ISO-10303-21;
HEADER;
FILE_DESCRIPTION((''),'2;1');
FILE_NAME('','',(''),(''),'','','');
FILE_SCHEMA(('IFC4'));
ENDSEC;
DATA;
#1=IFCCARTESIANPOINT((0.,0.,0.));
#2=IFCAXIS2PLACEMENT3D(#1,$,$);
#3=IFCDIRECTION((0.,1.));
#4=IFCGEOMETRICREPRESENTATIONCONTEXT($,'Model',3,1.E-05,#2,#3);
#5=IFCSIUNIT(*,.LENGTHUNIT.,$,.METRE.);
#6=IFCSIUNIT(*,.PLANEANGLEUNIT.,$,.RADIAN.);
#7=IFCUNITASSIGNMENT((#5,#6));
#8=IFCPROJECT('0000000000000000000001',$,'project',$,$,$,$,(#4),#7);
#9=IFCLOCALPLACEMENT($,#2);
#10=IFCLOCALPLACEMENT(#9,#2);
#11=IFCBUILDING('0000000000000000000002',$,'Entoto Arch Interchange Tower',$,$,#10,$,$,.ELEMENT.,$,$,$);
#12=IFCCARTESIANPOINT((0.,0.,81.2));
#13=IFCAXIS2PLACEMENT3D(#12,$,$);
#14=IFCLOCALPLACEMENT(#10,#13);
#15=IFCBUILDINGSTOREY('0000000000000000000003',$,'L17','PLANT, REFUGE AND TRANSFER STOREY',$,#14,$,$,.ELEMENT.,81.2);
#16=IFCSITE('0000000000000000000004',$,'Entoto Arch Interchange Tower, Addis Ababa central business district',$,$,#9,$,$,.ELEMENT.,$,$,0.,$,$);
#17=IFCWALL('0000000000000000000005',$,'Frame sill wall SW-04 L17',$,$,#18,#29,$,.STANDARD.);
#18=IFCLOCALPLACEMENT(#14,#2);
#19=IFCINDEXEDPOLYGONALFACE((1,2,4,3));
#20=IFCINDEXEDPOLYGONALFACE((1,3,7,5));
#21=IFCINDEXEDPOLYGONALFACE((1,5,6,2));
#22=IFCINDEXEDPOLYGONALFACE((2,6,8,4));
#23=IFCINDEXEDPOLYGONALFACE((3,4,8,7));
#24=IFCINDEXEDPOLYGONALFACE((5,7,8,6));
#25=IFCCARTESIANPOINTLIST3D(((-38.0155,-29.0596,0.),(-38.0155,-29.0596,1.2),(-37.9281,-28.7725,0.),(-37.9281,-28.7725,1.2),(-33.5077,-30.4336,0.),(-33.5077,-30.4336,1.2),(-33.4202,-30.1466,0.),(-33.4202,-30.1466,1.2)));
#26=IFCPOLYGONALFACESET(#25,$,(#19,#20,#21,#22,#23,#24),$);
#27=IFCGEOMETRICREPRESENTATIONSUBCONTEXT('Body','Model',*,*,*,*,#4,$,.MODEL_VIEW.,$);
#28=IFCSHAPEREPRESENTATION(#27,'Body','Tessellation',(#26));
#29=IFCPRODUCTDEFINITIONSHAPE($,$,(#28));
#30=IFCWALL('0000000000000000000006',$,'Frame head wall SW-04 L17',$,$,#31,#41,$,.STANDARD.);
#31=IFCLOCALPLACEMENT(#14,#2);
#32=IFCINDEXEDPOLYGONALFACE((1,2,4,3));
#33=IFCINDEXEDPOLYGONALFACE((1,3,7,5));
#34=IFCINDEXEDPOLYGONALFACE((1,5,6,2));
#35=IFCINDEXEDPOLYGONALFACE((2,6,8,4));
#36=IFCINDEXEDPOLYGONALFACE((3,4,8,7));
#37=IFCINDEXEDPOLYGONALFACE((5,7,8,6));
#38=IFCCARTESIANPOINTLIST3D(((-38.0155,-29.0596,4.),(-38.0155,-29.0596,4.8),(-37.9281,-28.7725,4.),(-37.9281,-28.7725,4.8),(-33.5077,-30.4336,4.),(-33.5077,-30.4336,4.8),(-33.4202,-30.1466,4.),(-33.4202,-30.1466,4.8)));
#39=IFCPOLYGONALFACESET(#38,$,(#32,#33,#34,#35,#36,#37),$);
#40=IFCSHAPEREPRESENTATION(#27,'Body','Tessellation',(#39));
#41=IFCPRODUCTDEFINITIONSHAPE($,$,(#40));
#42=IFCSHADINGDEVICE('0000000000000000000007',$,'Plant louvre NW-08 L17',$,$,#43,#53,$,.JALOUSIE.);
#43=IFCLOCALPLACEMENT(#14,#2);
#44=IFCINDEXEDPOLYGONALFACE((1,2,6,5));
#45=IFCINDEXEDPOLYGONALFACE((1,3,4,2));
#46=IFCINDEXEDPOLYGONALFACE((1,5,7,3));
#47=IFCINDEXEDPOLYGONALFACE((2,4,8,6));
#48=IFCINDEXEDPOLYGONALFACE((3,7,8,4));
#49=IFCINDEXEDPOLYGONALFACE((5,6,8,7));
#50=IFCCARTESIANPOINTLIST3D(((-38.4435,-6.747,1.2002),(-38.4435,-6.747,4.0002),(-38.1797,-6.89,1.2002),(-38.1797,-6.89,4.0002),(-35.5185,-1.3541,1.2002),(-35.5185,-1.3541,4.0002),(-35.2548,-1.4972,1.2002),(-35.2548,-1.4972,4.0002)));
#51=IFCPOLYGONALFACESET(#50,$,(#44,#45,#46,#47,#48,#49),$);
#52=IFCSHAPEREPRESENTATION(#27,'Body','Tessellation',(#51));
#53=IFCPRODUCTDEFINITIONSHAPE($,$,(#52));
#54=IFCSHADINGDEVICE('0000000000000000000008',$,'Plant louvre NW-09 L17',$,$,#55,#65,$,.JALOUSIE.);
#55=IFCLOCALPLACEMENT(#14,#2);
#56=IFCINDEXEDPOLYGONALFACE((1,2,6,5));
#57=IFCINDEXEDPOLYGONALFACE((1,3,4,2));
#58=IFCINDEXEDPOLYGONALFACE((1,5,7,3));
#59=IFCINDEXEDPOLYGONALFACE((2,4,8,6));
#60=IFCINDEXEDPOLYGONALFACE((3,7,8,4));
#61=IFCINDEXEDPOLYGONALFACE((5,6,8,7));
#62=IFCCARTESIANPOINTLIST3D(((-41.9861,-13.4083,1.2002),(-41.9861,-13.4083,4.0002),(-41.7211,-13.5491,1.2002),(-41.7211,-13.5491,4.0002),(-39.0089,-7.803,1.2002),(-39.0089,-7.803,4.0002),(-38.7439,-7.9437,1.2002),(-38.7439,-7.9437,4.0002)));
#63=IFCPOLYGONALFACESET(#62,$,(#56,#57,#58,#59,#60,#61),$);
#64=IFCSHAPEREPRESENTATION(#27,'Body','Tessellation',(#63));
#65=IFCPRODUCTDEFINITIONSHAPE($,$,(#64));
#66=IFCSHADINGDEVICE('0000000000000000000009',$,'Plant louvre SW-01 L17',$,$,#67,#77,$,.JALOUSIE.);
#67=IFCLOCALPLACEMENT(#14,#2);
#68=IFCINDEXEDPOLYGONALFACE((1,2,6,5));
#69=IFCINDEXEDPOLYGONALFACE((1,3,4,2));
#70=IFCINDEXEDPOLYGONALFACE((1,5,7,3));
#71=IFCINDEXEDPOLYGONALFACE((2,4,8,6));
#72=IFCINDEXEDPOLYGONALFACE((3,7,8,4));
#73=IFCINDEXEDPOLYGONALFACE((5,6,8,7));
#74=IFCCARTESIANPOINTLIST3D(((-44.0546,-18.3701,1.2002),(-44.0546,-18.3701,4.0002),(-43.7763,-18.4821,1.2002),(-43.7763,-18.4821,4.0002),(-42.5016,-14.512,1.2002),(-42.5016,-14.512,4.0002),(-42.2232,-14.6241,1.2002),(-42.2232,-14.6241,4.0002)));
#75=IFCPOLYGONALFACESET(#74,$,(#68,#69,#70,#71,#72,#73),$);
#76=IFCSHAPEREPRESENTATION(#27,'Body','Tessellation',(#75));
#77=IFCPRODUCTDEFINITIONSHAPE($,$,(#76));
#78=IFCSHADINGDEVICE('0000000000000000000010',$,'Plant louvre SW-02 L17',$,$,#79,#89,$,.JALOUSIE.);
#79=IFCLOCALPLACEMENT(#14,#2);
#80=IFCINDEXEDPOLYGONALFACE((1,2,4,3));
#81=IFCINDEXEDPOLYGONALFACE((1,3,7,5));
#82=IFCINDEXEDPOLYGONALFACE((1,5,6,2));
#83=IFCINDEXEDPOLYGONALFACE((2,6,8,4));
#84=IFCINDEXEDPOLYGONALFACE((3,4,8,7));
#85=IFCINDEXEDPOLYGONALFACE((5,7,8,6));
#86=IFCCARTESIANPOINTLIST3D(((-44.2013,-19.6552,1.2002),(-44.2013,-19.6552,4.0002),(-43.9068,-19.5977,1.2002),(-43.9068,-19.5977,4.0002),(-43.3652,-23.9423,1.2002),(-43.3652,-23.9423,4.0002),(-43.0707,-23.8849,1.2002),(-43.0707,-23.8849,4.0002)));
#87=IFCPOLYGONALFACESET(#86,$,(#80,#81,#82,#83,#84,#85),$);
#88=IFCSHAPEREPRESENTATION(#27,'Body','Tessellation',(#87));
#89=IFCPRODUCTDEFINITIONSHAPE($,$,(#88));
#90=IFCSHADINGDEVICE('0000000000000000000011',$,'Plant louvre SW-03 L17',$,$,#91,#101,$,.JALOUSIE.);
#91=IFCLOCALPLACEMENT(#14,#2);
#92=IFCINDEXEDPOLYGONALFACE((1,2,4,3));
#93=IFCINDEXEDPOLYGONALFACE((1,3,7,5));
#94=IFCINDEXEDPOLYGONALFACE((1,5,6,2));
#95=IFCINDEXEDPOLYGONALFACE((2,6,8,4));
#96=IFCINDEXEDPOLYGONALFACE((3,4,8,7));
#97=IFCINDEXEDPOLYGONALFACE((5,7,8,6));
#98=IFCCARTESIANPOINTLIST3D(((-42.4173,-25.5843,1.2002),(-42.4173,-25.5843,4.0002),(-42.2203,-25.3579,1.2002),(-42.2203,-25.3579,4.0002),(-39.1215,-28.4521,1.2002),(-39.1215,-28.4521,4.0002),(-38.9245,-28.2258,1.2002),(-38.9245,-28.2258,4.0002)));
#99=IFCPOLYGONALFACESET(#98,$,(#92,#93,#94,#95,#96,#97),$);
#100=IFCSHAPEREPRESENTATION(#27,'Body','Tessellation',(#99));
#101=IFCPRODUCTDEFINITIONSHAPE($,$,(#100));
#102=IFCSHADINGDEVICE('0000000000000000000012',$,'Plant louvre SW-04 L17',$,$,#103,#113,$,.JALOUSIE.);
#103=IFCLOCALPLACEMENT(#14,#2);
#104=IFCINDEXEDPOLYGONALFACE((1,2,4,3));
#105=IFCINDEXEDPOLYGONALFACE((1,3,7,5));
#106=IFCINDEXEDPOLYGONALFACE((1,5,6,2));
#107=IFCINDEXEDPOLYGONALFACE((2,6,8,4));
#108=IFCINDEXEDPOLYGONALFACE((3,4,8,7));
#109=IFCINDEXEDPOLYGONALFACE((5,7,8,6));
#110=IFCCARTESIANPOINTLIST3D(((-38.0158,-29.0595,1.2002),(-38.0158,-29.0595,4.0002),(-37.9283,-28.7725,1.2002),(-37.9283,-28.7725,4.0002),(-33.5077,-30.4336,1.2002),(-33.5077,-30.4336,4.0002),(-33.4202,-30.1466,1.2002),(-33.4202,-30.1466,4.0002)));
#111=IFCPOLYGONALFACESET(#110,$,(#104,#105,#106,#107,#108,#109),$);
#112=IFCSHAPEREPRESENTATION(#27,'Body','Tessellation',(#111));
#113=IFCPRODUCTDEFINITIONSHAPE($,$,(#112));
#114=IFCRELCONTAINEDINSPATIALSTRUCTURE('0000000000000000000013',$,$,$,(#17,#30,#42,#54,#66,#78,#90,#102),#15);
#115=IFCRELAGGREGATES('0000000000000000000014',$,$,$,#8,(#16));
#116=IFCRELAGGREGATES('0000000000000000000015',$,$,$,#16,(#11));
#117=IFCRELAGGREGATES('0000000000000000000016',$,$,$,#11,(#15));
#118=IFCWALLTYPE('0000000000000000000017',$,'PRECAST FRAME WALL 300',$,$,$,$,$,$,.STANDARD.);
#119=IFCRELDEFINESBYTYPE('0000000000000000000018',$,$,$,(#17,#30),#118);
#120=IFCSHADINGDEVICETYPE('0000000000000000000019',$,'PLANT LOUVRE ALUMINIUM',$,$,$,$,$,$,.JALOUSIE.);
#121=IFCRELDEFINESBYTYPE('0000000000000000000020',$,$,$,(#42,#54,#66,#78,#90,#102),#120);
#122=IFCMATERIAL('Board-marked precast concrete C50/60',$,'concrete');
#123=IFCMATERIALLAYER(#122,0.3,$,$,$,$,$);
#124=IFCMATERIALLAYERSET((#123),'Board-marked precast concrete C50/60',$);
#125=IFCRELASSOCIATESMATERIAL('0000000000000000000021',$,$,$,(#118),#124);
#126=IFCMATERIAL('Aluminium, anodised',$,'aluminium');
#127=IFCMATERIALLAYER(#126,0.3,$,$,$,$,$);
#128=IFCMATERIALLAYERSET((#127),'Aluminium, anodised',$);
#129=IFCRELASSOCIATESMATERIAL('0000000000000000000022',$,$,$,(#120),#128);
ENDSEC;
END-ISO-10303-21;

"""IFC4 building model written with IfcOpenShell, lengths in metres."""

from ifc_helpers import new_model, si_unit, direction, frame, frame_2d, origin, origin_2d, place, context, subcontext, project, spatial, rectangle, extrude, material, layer, layer_set, type_object, element, save


model = new_model("IFC4")

# Units and contexts
model_context = context("Model", 3, precision=1e-05, world=origin(), true_north=direction((0.0, 1.0)))
body_context = subcontext(model_context, "Body", "Model", "MODEL_VIEW")
ifc_project = project(units=[si_unit("LENGTHUNIT", "METRE"), si_unit("PLANEANGLEUNIT", "RADIAN")], contexts=[model_context])

# Site, building, storey
site_placement = place(None, origin())
site = spatial("IfcSite", under=ifc_project, at=site_placement, Name="Entoto Arch Interchange Tower, Addis Ababa central business district", CompositionType="ELEMENT", RefElevation=0.0)
building_placement = place(site_placement, origin())
building = spatial("IfcBuilding", under=site, at=building_placement, Name="Entoto Arch Interchange Tower", CompositionType="ELEMENT")
storey_placement = place(building_placement, frame((0.0, 0.0, 81.2)))
storey = spatial("IfcBuildingStorey", under=building, at=storey_placement, Name="L17", Description="PLANT, REFUGE AND TRANSFER STOREY", CompositionType="ELEMENT", Elevation=81.2)

# Walls
ifc_material_1 = material(Name="Board-marked precast concrete C50/60", Category="concrete")
ifc_layer_1 = layer(ifc_material_1, 0.3)
ifc_layer_set_1 = layer_set([ifc_layer_1], Name="Board-marked precast concrete C50/60")
wall_type_1 = type_object("IfcWallType", Name="PRECAST FRAME WALL 300", PredefinedType="STANDARD", material=ifc_layer_set_1)
wall_1_placement = place(storey_placement, frame((-37.9719, -28.916, 0.0), z_axis=(0.0, 0.0, 1.0), x_axis=(0.956551, -0.291566, 0.0)))
element("IfcWall", 1, at=wall_1_placement, inside=storey, type_object=wall_type_1, Name="Frame sill wall SW-04 L17", PredefinedType="STANDARD", context=body_context, shape_type="SweptSolid", body=[
    extrude(rectangle(XDim=4.7126, YDim=0.3, at=frame_2d((2.3564, 0.0))), origin(), (0.0, 0.0, 1.0), 1.2),
])
wall_2_placement = place(storey_placement, frame((-37.9719, -28.916, 4.0), z_axis=(0.0, 0.0, 1.0), x_axis=(0.956551, -0.291566, 0.0)))
element("IfcWall", 2, at=wall_2_placement, inside=storey, type_object=wall_type_1, Name="Frame head wall SW-04 L17", PredefinedType="STANDARD", context=body_context, shape_type="SweptSolid", body=[
    extrude(rectangle(XDim=4.7126, YDim=0.3, at=frame_2d((2.3564, 0.0))), origin(), (0.0, 0.0, 1.0), 0.8),
])

# Shading devices
ifc_material_2 = material(Name="Aluminium, anodised", Category="aluminium")
ifc_layer_2 = layer(ifc_material_2, 0.3)
ifc_layer_set_2 = layer_set([ifc_layer_2], Name="Aluminium, anodised")
shading_device_type = type_object("IfcShadingDeviceType", Name="PLANT LOUVRE ALUMINIUM", PredefinedType="JALOUSIE", material=ifc_layer_set_2)
shading_device_1_placement = place(storey_placement, frame((-36.8491, -4.1221, 1.2002), z_axis=(0.0, 0.0, 1.0), x_axis=(-0.47676, -0.879034, 0.0)))
element("IfcShadingDevice", 3, at=shading_device_1_placement, inside=storey, type_object=shading_device_type, Name="Plant louvre NW-08 L17", PredefinedType="JALOUSIE", context=body_context, shape_type="SweptSolid", body=[
    extrude(rectangle(XDim=6.135, YDim=0.3, at=origin_2d()), origin(), (0.0, 0.0, 1.0), 2.8),
])
shading_device_2_placement = place(storey_placement, frame((-40.365, -10.676, 1.2002), z_axis=(0.0, 0.0, 1.0), x_axis=(-0.469071, -0.883161, 0.0)))
element("IfcShadingDevice", 4, at=shading_device_2_placement, inside=storey, type_object=shading_device_type, Name="Plant louvre NW-09 L17", PredefinedType="JALOUSIE", context=body_context, shape_type="SweptSolid", body=[
    extrude(rectangle(XDim=6.3469, YDim=0.3, at=origin_2d()), origin(), (0.0, 0.0, 1.0), 2.8),
])
shading_device_3_placement = place(storey_placement, frame((-43.1389, -16.4971, 1.2002), z_axis=(0.0, 0.0, 1.0), x_axis=(-0.373425, -0.92766, 0.0)))
element("IfcShadingDevice", 5, at=shading_device_3_placement, inside=storey, type_object=shading_device_type, Name="Plant louvre SW-01 L17", PredefinedType="JALOUSIE", context=body_context, shape_type="SweptSolid", body=[
    extrude(rectangle(XDim=4.1589, YDim=0.3, at=origin_2d()), origin(), (0.0, 0.0, 1.0), 2.8),
])
shading_device_4_placement = place(storey_placement, frame((-43.636, -21.77, 1.2002), z_axis=(0.0, 0.0, 1.0), x_axis=(0.191409, -0.98151, 0.0)))
element("IfcShadingDevice", 6, at=shading_device_4_placement, inside=storey, type_object=shading_device_type, Name="Plant louvre SW-02 L17", PredefinedType="JALOUSIE", context=body_context, shape_type="SweptSolid", body=[
    extrude(rectangle(XDim=4.3679, YDim=0.3, at=origin_2d()), origin(), (0.0, 0.0, 1.0), 2.8),
])
shading_device_5_placement = place(storey_placement, frame((-40.6709, -26.905, 1.2002), z_axis=(0.0, 0.0, 1.0), x_axis=(0.754389, -0.656428, 0.0)))
element("IfcShadingDevice", 7, at=shading_device_5_placement, inside=storey, type_object=shading_device_type, Name="Plant louvre SW-03 L17", PredefinedType="JALOUSIE", context=body_context, shape_type="SweptSolid", body=[
    extrude(rectangle(XDim=4.3689, YDim=0.3, at=origin_2d()), origin(), (0.0, 0.0, 1.0), 2.8),
])
shading_device_6_placement = place(storey_placement, frame((-35.718, -29.603, 1.2002), z_axis=(0.0, 0.0, 1.0), x_axis=(0.956554, -0.291554, 0.0)))
element("IfcShadingDevice", 8, at=shading_device_6_placement, inside=storey, type_object=shading_device_type, Name="Plant louvre SW-04 L17", PredefinedType="JALOUSIE", context=body_context, shape_type="SweptSolid", body=[
    extrude(rectangle(XDim=4.7129, YDim=0.3, at=origin_2d()), origin(), (0.0, 0.0, 1.0), 2.8),
])

save(model, "model.ifc")
